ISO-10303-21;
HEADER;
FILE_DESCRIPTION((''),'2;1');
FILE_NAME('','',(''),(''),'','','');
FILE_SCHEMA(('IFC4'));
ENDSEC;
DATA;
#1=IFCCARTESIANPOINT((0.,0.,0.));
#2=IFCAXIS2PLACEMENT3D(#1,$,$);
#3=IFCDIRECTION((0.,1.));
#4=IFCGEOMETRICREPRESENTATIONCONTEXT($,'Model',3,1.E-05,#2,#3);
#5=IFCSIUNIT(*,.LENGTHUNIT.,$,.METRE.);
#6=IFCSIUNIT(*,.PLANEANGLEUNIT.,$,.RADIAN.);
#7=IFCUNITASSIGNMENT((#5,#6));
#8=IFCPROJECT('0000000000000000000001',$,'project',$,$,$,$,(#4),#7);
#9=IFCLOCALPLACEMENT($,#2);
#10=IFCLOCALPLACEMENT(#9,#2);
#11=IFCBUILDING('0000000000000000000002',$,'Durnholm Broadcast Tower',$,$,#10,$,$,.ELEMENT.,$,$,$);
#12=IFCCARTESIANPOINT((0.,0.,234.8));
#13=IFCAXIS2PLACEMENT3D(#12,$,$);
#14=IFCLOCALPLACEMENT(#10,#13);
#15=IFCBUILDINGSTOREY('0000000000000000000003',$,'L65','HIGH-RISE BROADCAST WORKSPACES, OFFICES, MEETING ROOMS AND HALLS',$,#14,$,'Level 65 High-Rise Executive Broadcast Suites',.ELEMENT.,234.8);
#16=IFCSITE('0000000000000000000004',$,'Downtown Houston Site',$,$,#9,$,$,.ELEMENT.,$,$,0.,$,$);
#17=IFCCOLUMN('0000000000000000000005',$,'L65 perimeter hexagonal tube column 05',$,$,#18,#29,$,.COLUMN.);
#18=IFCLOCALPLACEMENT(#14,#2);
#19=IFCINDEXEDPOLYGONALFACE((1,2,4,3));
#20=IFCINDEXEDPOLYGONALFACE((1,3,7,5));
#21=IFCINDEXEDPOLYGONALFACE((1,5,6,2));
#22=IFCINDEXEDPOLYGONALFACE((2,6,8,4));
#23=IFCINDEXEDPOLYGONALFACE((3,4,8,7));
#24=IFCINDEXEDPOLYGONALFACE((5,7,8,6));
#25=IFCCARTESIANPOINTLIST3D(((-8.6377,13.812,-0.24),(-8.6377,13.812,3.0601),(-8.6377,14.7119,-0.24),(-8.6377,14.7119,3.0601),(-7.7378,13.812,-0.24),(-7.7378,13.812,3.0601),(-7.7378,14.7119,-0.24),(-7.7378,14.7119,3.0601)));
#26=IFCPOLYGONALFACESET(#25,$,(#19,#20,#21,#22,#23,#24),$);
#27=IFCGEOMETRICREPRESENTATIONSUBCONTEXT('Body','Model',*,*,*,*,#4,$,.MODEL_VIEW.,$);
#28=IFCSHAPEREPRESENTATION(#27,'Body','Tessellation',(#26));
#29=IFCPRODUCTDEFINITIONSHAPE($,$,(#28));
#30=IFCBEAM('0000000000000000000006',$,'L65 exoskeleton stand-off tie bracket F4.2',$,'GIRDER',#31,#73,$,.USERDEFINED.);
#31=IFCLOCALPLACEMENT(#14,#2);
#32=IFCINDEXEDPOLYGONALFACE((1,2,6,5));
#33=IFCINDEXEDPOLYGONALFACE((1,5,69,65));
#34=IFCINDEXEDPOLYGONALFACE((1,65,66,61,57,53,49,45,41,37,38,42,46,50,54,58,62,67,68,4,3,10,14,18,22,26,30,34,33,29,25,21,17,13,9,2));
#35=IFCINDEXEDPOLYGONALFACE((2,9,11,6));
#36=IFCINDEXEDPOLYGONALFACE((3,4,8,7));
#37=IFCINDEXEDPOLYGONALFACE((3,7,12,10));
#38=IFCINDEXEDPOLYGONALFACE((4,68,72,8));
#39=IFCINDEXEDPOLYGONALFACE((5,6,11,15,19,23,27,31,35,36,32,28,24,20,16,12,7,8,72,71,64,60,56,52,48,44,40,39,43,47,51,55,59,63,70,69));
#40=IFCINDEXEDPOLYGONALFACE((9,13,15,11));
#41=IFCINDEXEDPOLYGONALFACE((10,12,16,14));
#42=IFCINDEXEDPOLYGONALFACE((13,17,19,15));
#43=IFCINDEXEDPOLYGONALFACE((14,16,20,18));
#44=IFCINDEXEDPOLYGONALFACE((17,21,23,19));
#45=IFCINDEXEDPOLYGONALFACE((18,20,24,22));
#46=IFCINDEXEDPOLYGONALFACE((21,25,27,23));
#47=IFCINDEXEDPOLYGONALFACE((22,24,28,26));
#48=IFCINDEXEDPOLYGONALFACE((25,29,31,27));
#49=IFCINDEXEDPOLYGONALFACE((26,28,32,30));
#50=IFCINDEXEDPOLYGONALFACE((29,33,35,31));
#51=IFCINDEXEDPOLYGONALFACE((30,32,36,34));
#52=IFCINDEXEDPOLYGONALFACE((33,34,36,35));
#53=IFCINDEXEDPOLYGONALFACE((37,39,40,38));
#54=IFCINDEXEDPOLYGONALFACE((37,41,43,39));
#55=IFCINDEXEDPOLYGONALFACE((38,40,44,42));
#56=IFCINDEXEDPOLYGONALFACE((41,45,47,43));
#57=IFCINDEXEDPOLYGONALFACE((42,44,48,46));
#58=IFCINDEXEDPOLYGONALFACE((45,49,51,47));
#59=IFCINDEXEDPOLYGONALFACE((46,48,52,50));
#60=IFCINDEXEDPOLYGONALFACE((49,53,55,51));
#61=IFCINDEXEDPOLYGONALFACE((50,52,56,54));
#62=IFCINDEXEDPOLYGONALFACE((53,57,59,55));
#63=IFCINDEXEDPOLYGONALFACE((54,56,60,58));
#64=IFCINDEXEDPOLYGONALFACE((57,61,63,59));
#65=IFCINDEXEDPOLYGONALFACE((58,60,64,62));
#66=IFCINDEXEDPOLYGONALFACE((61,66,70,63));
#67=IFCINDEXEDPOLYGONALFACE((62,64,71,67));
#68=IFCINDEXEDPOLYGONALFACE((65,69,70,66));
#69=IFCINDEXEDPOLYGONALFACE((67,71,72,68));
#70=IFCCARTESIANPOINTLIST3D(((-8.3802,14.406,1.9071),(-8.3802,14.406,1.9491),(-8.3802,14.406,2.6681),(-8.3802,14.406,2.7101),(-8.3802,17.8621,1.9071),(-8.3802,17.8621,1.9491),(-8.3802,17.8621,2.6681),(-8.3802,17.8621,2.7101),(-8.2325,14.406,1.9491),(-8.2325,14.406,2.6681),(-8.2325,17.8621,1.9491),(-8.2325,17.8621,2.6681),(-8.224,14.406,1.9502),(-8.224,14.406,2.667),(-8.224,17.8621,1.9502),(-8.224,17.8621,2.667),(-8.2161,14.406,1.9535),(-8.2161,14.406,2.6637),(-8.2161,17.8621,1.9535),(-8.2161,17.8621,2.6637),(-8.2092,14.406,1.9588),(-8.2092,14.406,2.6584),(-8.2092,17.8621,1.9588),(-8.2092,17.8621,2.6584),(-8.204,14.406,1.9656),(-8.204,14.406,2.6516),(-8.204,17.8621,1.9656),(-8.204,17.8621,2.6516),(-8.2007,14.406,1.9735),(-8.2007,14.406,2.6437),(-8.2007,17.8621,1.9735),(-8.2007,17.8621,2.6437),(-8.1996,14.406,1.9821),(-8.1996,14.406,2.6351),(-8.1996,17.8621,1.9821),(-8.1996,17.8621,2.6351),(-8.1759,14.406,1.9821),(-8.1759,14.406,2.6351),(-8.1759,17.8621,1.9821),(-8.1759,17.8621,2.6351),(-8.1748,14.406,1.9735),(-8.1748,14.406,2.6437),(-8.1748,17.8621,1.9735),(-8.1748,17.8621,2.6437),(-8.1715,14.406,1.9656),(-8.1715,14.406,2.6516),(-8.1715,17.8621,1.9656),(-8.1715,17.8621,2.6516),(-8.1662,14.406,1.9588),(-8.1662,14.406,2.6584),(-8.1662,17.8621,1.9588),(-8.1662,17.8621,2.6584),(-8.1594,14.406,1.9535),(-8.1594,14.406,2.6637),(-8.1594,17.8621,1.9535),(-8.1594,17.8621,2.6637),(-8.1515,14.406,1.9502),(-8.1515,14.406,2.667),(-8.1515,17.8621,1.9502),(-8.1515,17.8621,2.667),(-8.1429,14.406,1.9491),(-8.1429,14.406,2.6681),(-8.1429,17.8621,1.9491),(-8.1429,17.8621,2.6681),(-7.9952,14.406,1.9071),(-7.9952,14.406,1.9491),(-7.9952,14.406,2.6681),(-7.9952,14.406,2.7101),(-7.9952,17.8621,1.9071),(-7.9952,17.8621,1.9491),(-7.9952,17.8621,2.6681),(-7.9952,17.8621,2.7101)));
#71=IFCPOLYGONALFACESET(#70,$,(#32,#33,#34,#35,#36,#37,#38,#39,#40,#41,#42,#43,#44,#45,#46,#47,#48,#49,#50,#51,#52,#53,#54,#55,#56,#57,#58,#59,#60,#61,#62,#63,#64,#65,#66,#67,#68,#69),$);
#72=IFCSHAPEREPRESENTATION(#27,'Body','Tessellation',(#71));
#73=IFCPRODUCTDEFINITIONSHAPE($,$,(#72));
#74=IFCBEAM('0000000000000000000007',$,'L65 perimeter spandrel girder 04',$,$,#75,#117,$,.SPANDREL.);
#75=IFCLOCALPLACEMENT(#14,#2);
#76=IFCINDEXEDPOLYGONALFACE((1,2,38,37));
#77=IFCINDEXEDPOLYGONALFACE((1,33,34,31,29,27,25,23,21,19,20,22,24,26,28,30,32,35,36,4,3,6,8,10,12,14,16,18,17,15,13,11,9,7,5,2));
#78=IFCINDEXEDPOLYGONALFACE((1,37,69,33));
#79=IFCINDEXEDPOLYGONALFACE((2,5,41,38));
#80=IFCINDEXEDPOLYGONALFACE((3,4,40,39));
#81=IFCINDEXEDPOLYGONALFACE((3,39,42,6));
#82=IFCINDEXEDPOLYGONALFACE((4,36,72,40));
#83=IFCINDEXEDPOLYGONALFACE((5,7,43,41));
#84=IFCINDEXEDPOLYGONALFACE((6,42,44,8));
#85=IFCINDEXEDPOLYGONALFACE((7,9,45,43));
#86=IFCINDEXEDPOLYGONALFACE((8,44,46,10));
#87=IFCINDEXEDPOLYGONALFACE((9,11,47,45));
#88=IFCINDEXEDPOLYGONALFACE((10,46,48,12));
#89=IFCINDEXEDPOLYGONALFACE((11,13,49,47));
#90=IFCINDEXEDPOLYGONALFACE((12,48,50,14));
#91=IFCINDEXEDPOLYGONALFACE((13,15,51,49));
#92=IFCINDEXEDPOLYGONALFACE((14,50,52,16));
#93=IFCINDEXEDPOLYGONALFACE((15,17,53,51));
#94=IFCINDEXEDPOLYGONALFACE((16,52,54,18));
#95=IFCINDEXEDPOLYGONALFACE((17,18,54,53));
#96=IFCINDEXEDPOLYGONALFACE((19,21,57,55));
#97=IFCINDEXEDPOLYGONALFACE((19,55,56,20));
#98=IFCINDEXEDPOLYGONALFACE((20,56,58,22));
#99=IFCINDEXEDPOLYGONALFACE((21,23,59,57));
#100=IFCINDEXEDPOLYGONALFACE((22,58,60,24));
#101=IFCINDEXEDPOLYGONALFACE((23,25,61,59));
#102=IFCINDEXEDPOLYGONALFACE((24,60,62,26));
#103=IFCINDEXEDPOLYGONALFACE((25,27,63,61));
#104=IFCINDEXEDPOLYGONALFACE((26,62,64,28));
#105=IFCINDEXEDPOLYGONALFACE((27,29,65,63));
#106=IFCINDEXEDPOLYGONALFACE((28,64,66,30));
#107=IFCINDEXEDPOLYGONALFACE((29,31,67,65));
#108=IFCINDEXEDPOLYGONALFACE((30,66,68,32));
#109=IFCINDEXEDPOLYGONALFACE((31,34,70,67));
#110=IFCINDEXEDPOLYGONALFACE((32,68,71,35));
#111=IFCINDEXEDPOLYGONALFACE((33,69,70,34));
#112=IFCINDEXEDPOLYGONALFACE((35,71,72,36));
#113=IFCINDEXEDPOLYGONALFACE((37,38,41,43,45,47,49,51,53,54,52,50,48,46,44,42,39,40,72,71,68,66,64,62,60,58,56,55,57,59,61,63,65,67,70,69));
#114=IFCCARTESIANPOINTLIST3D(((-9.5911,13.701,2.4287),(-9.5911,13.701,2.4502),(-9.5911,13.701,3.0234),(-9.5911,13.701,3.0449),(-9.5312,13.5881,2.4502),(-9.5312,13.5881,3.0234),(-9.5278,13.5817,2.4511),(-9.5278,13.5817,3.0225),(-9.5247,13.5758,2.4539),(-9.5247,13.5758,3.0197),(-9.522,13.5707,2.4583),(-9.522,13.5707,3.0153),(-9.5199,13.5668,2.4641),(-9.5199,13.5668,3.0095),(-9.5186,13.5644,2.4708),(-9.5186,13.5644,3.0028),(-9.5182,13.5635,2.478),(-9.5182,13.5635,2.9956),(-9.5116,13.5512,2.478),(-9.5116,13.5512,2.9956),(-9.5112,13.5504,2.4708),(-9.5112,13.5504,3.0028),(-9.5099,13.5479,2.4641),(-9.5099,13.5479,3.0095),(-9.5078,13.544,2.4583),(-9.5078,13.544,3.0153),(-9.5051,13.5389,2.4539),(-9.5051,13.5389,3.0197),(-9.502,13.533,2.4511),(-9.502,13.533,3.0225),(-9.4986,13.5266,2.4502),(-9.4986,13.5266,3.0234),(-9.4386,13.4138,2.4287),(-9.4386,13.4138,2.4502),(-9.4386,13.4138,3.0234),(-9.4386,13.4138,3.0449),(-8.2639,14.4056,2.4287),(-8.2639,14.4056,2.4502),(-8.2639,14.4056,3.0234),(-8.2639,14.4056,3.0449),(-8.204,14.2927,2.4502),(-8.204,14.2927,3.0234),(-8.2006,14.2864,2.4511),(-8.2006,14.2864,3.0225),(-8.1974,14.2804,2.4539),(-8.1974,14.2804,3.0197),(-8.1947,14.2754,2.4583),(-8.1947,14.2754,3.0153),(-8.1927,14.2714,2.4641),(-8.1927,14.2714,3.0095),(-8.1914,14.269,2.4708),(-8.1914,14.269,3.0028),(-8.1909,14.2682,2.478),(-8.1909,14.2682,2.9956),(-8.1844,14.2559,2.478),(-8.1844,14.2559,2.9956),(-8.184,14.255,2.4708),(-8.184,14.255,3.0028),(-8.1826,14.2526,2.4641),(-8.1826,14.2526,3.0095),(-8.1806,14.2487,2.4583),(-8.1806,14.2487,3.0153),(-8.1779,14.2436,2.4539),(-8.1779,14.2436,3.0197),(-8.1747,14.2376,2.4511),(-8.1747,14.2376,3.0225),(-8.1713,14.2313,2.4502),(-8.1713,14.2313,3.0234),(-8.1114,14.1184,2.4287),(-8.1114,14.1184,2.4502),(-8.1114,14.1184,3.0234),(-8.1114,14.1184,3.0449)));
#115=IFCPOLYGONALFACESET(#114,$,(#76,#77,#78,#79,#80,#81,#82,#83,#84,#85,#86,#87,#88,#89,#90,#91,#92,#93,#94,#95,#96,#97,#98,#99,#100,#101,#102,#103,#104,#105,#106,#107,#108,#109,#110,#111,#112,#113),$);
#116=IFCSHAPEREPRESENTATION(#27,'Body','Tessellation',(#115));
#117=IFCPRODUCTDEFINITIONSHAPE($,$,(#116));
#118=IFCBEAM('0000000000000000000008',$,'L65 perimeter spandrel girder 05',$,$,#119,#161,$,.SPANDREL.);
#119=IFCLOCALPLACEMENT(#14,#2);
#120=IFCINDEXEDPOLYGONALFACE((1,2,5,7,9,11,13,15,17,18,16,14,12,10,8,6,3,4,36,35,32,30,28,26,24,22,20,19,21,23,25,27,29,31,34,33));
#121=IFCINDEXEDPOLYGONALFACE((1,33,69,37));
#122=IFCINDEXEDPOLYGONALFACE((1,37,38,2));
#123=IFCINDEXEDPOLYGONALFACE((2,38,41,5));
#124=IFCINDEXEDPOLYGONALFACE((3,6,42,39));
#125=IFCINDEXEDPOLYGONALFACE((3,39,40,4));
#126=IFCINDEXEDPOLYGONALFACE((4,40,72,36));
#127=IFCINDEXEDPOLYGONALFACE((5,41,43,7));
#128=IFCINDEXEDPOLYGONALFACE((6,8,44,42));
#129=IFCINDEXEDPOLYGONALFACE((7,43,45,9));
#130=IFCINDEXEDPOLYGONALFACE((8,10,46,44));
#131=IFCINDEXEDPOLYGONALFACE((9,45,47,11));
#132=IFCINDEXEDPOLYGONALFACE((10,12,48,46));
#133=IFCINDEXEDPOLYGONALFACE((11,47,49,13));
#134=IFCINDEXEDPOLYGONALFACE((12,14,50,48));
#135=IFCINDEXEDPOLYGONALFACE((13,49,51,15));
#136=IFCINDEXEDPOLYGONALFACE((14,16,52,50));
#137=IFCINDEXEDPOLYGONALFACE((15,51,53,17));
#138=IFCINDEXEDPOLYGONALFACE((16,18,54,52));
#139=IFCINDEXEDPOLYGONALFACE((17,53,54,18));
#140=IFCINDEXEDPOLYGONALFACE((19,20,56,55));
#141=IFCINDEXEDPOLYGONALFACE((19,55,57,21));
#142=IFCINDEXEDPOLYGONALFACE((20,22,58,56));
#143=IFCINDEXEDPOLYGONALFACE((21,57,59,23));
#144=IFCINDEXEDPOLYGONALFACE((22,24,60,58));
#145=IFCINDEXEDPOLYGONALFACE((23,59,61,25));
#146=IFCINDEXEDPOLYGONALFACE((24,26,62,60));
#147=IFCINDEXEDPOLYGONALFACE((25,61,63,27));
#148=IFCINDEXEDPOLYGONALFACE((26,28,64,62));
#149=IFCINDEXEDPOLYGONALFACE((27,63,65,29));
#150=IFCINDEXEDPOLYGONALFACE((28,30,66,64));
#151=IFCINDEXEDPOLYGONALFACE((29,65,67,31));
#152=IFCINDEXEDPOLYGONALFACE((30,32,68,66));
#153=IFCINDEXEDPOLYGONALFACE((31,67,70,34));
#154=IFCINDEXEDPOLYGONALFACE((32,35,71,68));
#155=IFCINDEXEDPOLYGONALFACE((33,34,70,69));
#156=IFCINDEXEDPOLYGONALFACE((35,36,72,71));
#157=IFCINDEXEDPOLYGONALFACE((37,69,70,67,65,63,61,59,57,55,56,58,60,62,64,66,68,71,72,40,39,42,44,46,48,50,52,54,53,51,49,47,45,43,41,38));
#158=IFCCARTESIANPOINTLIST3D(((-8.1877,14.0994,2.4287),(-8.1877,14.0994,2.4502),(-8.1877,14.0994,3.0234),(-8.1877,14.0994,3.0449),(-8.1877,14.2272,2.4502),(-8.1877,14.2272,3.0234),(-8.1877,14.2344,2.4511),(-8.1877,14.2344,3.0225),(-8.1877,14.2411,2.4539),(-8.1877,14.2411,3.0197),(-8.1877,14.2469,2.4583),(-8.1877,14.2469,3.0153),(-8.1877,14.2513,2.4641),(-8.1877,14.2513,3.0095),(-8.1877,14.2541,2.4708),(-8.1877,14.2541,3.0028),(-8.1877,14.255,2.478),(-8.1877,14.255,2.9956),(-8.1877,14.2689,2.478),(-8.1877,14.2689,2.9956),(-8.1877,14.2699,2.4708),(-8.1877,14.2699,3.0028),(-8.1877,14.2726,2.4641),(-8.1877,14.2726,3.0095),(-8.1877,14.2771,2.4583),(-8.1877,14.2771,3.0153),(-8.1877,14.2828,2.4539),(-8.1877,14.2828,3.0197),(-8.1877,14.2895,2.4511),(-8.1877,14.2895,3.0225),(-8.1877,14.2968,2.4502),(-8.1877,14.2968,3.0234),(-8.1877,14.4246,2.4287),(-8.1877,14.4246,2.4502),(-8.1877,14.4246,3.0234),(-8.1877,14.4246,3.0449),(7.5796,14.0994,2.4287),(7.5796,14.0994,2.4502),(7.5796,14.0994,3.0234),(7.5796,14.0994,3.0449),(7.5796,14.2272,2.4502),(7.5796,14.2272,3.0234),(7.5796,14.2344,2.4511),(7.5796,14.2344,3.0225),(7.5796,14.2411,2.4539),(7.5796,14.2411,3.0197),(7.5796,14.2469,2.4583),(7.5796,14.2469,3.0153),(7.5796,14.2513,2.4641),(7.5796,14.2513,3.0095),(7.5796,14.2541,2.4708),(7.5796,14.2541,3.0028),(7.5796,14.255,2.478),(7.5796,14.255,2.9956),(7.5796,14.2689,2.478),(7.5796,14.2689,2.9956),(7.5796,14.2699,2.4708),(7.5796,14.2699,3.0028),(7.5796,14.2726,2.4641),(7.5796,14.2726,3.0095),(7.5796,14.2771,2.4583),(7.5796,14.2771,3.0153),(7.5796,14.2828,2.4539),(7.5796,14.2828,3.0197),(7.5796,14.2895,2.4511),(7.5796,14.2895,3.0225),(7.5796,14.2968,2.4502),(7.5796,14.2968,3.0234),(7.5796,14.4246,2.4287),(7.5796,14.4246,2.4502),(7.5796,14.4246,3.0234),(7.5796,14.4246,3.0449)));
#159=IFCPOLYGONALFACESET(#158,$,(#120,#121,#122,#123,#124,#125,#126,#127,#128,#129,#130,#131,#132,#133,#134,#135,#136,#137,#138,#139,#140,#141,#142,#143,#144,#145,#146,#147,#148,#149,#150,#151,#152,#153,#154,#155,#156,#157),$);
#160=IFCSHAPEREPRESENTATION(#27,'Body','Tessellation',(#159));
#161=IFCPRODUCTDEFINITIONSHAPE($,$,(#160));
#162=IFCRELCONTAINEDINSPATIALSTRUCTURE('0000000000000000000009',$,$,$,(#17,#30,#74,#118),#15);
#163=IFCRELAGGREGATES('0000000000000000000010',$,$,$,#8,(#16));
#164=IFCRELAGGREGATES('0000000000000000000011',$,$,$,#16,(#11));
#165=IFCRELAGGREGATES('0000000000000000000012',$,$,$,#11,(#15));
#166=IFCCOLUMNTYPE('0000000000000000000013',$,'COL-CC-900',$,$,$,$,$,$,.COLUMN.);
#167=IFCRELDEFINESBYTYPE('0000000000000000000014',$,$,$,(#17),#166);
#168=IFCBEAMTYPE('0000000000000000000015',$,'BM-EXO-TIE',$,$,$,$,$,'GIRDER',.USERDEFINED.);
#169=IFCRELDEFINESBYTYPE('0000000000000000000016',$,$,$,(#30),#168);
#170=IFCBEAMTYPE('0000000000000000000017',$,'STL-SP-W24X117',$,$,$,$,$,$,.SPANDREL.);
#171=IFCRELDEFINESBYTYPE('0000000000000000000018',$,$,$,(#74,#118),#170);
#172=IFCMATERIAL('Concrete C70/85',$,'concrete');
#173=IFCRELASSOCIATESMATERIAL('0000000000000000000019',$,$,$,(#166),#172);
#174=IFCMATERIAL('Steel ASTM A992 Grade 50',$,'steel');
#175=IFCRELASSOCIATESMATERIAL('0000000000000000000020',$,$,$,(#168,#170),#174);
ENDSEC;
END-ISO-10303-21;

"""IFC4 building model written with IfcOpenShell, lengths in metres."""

from ifc_helpers import new_model, si_unit, direction, frame, origin, origin_2d, place, context, subcontext, project, spatial, rectangle, i_section, extrude, source, transform, mapped, material, material_profile, profile_set, type_object, type_shapes, element, save


model = new_model("IFC4")

# Units and contexts
model_context = context("Model", 3, precision=1e-05, world=origin(), true_north=direction((0.0, 1.0)))
body_context = subcontext(model_context, "Body", "Model", "MODEL_VIEW")
ifc_project = project(units=[si_unit("LENGTHUNIT", "METRE"), si_unit("PLANEANGLEUNIT", "RADIAN")], contexts=[model_context])

# Site, building, storey
site_placement = place(None, origin())
site = spatial("IfcSite", under=ifc_project, at=site_placement, Name="Downtown Houston Site", CompositionType="ELEMENT", RefElevation=0.0)
building_placement = place(site_placement, origin())
building = spatial("IfcBuilding", under=site, at=building_placement, Name="Durnholm Broadcast Tower", CompositionType="ELEMENT")
storey_placement = place(building_placement, frame((0.0, 0.0, 234.8)))
storey = spatial("IfcBuildingStorey", under=building, at=storey_placement, Name="L65", Description="HIGH-RISE BROADCAST WORKSPACES, OFFICES, MEETING ROOMS AND HALLS", LongName="Level 65 High-Rise Executive Broadcast Suites", CompositionType="ELEMENT", Elevation=234.8)

# Column
ifc_material_1 = material(Name="Concrete C70/85", Category="concrete")
ifc_material_profile_1 = material_profile(ifc_material_1, rectangle(XDim=0.8999, YDim=0.8999, at=origin_2d()), Name="RC900X900")
ifc_profile_set_1 = profile_set([ifc_material_profile_1], Name="Concrete C70/85")
column_type = type_object("IfcColumnType", Name="COL-CC-900", PredefinedType="COLUMN", material=ifc_profile_set_1)
shared_shape_1 = source(origin(), body_context, "Body", "SweptSolid", [
    extrude(rectangle(XDim=0.8999, YDim=0.8999, at=origin_2d()), origin(), (0.0, 0.0, 1.0), 3.3),
])
type_shapes(column_type, [shared_shape_1])
column_placement = place(storey_placement, frame((-8.1877, 14.262, -0.24), z_axis=(0.0, 0.0, 1.0), x_axis=(1.0, 0.0, 0.0)))
element("IfcColumn", 1, at=column_placement, inside=storey, type_object=column_type, Name="L65 perimeter hexagonal tube column 05", PredefinedType="COLUMN", context=body_context, shape_type="MappedRepresentation", body=[
    mapped(shared_shape_1, transform((0.0, 0.0, 0.0), x_axis=(1.0, 0.0, 0.0), y_axis=(0.0, 1.0, 0.0), z_axis=(0.0, 0.0, 1.0), scale=1.0)),
])

# Beams
ifc_material_2 = material(Name="Steel ASTM A992 Grade 50", Category="steel")
ifc_material_profile_2 = material_profile(ifc_material_2, i_section(OverallWidth=0.385, OverallDepth=0.803, WebThickness=0.0237, FlangeThickness=0.042, FilletRadius=0.033, at=origin_2d()), Name="W30X261")
ifc_profile_set_2 = profile_set([ifc_material_profile_2], Name="Steel ASTM A992 Grade 50")
beam_type_1 = type_object("IfcBeamType", Name="BM-EXO-TIE", ElementType="GIRDER", PredefinedType="USERDEFINED", material=ifc_profile_set_2)
shared_shape_2 = source(origin(), body_context, "Body", "SweptSolid", [
    extrude(i_section(OverallWidth=0.385, OverallDepth=0.803, WebThickness=0.0237, FlangeThickness=0.042, FilletRadius=0.033, at=origin_2d()), origin(), (0.0, 0.0, 1.0), 3.4561),
])
type_shapes(beam_type_1, [shared_shape_2])
beam_1_placement = place(storey_placement, frame((-8.1877, 14.406, 2.3086), z_axis=(0.0, 1.0, 0.0), x_axis=(-1.0, 0.0, 0.0)))
element("IfcBeam", 2, at=beam_1_placement, inside=storey, type_object=beam_type_1, Name="L65 exoskeleton stand-off tie bracket F4.2", ObjectType="GIRDER", PredefinedType="USERDEFINED", context=body_context, shape_type="MappedRepresentation", body=[
    mapped(shared_shape_2, transform((0.0, 0.0, 0.0), x_axis=(1.0, 0.0, 0.0), y_axis=(0.0, 1.0, 0.0), z_axis=(0.0, 0.0, 1.0), scale=1.0)),
])
ifc_material_profile_3 = material_profile(ifc_material_2, i_section(OverallWidth=0.3252, OverallDepth=0.6162, WebThickness=0.0139, FlangeThickness=0.0215, FilletRadius=0.0278, at=origin_2d()), Name="W24X117")
ifc_profile_set_3 = profile_set([ifc_material_profile_3], Name="Steel ASTM A992 Grade 50")
beam_type_2 = type_object("IfcBeamType", Name="STL-SP-W24X117", PredefinedType="SPANDREL", material=ifc_profile_set_3)
shared_shape_3 = source(origin(), body_context, "Body", "SweptSolid", [
    extrude(i_section(OverallWidth=0.3252, OverallDepth=0.6162, WebThickness=0.0139, FlangeThickness=0.0215, FilletRadius=0.0278, at=origin_2d()), origin(), (0.0, 0.0, 1.0), 1.5027),
])
beam_2_placement = place(storey_placement, frame((-9.5149, 13.5574, 2.7368), z_axis=(0.883242, 0.468918, 0.0), x_axis=(-0.468918, 0.883242, 0.0)))
element("IfcBeam", 3, at=beam_2_placement, inside=storey, type_object=beam_type_2, Name="L65 perimeter spandrel girder 04", PredefinedType="SPANDREL", context=body_context, shape_type="MappedRepresentation", body=[
    mapped(shared_shape_3, transform((0.0, 0.0, 0.0), x_axis=(1.0, 0.0, 0.0), y_axis=(0.0, 1.0, 0.0), z_axis=(0.0, 0.0, 1.0), scale=1.0)),
])
shared_shape_4 = source(origin(), body_context, "Body", "SweptSolid", [
    extrude(i_section(OverallWidth=0.3252, OverallDepth=0.6162, WebThickness=0.0139, FlangeThickness=0.0215, FilletRadius=0.0278, at=origin_2d()), origin(), (0.0, 0.0, 1.0), 15.7673),
])
type_shapes(beam_type_2, [shared_shape_3, shared_shape_4])
beam_3_placement = place(storey_placement, frame((-8.1877, 14.262, 2.7368), z_axis=(1.0, 0.0, 0.0), x_axis=(0.0, 1.0, 0.0)))
element("IfcBeam", 4, at=beam_3_placement, inside=storey, type_object=beam_type_2, Name="L65 perimeter spandrel girder 05", PredefinedType="SPANDREL", context=body_context, shape_type="MappedRepresentation", body=[
    mapped(shared_shape_4, transform((0.0, 0.0, 0.0), x_axis=(1.0, 0.0, 0.0), y_axis=(0.0, 1.0, 0.0), z_axis=(0.0, 0.0, 1.0), scale=1.0)),
])

save(model, "model.ifc")
